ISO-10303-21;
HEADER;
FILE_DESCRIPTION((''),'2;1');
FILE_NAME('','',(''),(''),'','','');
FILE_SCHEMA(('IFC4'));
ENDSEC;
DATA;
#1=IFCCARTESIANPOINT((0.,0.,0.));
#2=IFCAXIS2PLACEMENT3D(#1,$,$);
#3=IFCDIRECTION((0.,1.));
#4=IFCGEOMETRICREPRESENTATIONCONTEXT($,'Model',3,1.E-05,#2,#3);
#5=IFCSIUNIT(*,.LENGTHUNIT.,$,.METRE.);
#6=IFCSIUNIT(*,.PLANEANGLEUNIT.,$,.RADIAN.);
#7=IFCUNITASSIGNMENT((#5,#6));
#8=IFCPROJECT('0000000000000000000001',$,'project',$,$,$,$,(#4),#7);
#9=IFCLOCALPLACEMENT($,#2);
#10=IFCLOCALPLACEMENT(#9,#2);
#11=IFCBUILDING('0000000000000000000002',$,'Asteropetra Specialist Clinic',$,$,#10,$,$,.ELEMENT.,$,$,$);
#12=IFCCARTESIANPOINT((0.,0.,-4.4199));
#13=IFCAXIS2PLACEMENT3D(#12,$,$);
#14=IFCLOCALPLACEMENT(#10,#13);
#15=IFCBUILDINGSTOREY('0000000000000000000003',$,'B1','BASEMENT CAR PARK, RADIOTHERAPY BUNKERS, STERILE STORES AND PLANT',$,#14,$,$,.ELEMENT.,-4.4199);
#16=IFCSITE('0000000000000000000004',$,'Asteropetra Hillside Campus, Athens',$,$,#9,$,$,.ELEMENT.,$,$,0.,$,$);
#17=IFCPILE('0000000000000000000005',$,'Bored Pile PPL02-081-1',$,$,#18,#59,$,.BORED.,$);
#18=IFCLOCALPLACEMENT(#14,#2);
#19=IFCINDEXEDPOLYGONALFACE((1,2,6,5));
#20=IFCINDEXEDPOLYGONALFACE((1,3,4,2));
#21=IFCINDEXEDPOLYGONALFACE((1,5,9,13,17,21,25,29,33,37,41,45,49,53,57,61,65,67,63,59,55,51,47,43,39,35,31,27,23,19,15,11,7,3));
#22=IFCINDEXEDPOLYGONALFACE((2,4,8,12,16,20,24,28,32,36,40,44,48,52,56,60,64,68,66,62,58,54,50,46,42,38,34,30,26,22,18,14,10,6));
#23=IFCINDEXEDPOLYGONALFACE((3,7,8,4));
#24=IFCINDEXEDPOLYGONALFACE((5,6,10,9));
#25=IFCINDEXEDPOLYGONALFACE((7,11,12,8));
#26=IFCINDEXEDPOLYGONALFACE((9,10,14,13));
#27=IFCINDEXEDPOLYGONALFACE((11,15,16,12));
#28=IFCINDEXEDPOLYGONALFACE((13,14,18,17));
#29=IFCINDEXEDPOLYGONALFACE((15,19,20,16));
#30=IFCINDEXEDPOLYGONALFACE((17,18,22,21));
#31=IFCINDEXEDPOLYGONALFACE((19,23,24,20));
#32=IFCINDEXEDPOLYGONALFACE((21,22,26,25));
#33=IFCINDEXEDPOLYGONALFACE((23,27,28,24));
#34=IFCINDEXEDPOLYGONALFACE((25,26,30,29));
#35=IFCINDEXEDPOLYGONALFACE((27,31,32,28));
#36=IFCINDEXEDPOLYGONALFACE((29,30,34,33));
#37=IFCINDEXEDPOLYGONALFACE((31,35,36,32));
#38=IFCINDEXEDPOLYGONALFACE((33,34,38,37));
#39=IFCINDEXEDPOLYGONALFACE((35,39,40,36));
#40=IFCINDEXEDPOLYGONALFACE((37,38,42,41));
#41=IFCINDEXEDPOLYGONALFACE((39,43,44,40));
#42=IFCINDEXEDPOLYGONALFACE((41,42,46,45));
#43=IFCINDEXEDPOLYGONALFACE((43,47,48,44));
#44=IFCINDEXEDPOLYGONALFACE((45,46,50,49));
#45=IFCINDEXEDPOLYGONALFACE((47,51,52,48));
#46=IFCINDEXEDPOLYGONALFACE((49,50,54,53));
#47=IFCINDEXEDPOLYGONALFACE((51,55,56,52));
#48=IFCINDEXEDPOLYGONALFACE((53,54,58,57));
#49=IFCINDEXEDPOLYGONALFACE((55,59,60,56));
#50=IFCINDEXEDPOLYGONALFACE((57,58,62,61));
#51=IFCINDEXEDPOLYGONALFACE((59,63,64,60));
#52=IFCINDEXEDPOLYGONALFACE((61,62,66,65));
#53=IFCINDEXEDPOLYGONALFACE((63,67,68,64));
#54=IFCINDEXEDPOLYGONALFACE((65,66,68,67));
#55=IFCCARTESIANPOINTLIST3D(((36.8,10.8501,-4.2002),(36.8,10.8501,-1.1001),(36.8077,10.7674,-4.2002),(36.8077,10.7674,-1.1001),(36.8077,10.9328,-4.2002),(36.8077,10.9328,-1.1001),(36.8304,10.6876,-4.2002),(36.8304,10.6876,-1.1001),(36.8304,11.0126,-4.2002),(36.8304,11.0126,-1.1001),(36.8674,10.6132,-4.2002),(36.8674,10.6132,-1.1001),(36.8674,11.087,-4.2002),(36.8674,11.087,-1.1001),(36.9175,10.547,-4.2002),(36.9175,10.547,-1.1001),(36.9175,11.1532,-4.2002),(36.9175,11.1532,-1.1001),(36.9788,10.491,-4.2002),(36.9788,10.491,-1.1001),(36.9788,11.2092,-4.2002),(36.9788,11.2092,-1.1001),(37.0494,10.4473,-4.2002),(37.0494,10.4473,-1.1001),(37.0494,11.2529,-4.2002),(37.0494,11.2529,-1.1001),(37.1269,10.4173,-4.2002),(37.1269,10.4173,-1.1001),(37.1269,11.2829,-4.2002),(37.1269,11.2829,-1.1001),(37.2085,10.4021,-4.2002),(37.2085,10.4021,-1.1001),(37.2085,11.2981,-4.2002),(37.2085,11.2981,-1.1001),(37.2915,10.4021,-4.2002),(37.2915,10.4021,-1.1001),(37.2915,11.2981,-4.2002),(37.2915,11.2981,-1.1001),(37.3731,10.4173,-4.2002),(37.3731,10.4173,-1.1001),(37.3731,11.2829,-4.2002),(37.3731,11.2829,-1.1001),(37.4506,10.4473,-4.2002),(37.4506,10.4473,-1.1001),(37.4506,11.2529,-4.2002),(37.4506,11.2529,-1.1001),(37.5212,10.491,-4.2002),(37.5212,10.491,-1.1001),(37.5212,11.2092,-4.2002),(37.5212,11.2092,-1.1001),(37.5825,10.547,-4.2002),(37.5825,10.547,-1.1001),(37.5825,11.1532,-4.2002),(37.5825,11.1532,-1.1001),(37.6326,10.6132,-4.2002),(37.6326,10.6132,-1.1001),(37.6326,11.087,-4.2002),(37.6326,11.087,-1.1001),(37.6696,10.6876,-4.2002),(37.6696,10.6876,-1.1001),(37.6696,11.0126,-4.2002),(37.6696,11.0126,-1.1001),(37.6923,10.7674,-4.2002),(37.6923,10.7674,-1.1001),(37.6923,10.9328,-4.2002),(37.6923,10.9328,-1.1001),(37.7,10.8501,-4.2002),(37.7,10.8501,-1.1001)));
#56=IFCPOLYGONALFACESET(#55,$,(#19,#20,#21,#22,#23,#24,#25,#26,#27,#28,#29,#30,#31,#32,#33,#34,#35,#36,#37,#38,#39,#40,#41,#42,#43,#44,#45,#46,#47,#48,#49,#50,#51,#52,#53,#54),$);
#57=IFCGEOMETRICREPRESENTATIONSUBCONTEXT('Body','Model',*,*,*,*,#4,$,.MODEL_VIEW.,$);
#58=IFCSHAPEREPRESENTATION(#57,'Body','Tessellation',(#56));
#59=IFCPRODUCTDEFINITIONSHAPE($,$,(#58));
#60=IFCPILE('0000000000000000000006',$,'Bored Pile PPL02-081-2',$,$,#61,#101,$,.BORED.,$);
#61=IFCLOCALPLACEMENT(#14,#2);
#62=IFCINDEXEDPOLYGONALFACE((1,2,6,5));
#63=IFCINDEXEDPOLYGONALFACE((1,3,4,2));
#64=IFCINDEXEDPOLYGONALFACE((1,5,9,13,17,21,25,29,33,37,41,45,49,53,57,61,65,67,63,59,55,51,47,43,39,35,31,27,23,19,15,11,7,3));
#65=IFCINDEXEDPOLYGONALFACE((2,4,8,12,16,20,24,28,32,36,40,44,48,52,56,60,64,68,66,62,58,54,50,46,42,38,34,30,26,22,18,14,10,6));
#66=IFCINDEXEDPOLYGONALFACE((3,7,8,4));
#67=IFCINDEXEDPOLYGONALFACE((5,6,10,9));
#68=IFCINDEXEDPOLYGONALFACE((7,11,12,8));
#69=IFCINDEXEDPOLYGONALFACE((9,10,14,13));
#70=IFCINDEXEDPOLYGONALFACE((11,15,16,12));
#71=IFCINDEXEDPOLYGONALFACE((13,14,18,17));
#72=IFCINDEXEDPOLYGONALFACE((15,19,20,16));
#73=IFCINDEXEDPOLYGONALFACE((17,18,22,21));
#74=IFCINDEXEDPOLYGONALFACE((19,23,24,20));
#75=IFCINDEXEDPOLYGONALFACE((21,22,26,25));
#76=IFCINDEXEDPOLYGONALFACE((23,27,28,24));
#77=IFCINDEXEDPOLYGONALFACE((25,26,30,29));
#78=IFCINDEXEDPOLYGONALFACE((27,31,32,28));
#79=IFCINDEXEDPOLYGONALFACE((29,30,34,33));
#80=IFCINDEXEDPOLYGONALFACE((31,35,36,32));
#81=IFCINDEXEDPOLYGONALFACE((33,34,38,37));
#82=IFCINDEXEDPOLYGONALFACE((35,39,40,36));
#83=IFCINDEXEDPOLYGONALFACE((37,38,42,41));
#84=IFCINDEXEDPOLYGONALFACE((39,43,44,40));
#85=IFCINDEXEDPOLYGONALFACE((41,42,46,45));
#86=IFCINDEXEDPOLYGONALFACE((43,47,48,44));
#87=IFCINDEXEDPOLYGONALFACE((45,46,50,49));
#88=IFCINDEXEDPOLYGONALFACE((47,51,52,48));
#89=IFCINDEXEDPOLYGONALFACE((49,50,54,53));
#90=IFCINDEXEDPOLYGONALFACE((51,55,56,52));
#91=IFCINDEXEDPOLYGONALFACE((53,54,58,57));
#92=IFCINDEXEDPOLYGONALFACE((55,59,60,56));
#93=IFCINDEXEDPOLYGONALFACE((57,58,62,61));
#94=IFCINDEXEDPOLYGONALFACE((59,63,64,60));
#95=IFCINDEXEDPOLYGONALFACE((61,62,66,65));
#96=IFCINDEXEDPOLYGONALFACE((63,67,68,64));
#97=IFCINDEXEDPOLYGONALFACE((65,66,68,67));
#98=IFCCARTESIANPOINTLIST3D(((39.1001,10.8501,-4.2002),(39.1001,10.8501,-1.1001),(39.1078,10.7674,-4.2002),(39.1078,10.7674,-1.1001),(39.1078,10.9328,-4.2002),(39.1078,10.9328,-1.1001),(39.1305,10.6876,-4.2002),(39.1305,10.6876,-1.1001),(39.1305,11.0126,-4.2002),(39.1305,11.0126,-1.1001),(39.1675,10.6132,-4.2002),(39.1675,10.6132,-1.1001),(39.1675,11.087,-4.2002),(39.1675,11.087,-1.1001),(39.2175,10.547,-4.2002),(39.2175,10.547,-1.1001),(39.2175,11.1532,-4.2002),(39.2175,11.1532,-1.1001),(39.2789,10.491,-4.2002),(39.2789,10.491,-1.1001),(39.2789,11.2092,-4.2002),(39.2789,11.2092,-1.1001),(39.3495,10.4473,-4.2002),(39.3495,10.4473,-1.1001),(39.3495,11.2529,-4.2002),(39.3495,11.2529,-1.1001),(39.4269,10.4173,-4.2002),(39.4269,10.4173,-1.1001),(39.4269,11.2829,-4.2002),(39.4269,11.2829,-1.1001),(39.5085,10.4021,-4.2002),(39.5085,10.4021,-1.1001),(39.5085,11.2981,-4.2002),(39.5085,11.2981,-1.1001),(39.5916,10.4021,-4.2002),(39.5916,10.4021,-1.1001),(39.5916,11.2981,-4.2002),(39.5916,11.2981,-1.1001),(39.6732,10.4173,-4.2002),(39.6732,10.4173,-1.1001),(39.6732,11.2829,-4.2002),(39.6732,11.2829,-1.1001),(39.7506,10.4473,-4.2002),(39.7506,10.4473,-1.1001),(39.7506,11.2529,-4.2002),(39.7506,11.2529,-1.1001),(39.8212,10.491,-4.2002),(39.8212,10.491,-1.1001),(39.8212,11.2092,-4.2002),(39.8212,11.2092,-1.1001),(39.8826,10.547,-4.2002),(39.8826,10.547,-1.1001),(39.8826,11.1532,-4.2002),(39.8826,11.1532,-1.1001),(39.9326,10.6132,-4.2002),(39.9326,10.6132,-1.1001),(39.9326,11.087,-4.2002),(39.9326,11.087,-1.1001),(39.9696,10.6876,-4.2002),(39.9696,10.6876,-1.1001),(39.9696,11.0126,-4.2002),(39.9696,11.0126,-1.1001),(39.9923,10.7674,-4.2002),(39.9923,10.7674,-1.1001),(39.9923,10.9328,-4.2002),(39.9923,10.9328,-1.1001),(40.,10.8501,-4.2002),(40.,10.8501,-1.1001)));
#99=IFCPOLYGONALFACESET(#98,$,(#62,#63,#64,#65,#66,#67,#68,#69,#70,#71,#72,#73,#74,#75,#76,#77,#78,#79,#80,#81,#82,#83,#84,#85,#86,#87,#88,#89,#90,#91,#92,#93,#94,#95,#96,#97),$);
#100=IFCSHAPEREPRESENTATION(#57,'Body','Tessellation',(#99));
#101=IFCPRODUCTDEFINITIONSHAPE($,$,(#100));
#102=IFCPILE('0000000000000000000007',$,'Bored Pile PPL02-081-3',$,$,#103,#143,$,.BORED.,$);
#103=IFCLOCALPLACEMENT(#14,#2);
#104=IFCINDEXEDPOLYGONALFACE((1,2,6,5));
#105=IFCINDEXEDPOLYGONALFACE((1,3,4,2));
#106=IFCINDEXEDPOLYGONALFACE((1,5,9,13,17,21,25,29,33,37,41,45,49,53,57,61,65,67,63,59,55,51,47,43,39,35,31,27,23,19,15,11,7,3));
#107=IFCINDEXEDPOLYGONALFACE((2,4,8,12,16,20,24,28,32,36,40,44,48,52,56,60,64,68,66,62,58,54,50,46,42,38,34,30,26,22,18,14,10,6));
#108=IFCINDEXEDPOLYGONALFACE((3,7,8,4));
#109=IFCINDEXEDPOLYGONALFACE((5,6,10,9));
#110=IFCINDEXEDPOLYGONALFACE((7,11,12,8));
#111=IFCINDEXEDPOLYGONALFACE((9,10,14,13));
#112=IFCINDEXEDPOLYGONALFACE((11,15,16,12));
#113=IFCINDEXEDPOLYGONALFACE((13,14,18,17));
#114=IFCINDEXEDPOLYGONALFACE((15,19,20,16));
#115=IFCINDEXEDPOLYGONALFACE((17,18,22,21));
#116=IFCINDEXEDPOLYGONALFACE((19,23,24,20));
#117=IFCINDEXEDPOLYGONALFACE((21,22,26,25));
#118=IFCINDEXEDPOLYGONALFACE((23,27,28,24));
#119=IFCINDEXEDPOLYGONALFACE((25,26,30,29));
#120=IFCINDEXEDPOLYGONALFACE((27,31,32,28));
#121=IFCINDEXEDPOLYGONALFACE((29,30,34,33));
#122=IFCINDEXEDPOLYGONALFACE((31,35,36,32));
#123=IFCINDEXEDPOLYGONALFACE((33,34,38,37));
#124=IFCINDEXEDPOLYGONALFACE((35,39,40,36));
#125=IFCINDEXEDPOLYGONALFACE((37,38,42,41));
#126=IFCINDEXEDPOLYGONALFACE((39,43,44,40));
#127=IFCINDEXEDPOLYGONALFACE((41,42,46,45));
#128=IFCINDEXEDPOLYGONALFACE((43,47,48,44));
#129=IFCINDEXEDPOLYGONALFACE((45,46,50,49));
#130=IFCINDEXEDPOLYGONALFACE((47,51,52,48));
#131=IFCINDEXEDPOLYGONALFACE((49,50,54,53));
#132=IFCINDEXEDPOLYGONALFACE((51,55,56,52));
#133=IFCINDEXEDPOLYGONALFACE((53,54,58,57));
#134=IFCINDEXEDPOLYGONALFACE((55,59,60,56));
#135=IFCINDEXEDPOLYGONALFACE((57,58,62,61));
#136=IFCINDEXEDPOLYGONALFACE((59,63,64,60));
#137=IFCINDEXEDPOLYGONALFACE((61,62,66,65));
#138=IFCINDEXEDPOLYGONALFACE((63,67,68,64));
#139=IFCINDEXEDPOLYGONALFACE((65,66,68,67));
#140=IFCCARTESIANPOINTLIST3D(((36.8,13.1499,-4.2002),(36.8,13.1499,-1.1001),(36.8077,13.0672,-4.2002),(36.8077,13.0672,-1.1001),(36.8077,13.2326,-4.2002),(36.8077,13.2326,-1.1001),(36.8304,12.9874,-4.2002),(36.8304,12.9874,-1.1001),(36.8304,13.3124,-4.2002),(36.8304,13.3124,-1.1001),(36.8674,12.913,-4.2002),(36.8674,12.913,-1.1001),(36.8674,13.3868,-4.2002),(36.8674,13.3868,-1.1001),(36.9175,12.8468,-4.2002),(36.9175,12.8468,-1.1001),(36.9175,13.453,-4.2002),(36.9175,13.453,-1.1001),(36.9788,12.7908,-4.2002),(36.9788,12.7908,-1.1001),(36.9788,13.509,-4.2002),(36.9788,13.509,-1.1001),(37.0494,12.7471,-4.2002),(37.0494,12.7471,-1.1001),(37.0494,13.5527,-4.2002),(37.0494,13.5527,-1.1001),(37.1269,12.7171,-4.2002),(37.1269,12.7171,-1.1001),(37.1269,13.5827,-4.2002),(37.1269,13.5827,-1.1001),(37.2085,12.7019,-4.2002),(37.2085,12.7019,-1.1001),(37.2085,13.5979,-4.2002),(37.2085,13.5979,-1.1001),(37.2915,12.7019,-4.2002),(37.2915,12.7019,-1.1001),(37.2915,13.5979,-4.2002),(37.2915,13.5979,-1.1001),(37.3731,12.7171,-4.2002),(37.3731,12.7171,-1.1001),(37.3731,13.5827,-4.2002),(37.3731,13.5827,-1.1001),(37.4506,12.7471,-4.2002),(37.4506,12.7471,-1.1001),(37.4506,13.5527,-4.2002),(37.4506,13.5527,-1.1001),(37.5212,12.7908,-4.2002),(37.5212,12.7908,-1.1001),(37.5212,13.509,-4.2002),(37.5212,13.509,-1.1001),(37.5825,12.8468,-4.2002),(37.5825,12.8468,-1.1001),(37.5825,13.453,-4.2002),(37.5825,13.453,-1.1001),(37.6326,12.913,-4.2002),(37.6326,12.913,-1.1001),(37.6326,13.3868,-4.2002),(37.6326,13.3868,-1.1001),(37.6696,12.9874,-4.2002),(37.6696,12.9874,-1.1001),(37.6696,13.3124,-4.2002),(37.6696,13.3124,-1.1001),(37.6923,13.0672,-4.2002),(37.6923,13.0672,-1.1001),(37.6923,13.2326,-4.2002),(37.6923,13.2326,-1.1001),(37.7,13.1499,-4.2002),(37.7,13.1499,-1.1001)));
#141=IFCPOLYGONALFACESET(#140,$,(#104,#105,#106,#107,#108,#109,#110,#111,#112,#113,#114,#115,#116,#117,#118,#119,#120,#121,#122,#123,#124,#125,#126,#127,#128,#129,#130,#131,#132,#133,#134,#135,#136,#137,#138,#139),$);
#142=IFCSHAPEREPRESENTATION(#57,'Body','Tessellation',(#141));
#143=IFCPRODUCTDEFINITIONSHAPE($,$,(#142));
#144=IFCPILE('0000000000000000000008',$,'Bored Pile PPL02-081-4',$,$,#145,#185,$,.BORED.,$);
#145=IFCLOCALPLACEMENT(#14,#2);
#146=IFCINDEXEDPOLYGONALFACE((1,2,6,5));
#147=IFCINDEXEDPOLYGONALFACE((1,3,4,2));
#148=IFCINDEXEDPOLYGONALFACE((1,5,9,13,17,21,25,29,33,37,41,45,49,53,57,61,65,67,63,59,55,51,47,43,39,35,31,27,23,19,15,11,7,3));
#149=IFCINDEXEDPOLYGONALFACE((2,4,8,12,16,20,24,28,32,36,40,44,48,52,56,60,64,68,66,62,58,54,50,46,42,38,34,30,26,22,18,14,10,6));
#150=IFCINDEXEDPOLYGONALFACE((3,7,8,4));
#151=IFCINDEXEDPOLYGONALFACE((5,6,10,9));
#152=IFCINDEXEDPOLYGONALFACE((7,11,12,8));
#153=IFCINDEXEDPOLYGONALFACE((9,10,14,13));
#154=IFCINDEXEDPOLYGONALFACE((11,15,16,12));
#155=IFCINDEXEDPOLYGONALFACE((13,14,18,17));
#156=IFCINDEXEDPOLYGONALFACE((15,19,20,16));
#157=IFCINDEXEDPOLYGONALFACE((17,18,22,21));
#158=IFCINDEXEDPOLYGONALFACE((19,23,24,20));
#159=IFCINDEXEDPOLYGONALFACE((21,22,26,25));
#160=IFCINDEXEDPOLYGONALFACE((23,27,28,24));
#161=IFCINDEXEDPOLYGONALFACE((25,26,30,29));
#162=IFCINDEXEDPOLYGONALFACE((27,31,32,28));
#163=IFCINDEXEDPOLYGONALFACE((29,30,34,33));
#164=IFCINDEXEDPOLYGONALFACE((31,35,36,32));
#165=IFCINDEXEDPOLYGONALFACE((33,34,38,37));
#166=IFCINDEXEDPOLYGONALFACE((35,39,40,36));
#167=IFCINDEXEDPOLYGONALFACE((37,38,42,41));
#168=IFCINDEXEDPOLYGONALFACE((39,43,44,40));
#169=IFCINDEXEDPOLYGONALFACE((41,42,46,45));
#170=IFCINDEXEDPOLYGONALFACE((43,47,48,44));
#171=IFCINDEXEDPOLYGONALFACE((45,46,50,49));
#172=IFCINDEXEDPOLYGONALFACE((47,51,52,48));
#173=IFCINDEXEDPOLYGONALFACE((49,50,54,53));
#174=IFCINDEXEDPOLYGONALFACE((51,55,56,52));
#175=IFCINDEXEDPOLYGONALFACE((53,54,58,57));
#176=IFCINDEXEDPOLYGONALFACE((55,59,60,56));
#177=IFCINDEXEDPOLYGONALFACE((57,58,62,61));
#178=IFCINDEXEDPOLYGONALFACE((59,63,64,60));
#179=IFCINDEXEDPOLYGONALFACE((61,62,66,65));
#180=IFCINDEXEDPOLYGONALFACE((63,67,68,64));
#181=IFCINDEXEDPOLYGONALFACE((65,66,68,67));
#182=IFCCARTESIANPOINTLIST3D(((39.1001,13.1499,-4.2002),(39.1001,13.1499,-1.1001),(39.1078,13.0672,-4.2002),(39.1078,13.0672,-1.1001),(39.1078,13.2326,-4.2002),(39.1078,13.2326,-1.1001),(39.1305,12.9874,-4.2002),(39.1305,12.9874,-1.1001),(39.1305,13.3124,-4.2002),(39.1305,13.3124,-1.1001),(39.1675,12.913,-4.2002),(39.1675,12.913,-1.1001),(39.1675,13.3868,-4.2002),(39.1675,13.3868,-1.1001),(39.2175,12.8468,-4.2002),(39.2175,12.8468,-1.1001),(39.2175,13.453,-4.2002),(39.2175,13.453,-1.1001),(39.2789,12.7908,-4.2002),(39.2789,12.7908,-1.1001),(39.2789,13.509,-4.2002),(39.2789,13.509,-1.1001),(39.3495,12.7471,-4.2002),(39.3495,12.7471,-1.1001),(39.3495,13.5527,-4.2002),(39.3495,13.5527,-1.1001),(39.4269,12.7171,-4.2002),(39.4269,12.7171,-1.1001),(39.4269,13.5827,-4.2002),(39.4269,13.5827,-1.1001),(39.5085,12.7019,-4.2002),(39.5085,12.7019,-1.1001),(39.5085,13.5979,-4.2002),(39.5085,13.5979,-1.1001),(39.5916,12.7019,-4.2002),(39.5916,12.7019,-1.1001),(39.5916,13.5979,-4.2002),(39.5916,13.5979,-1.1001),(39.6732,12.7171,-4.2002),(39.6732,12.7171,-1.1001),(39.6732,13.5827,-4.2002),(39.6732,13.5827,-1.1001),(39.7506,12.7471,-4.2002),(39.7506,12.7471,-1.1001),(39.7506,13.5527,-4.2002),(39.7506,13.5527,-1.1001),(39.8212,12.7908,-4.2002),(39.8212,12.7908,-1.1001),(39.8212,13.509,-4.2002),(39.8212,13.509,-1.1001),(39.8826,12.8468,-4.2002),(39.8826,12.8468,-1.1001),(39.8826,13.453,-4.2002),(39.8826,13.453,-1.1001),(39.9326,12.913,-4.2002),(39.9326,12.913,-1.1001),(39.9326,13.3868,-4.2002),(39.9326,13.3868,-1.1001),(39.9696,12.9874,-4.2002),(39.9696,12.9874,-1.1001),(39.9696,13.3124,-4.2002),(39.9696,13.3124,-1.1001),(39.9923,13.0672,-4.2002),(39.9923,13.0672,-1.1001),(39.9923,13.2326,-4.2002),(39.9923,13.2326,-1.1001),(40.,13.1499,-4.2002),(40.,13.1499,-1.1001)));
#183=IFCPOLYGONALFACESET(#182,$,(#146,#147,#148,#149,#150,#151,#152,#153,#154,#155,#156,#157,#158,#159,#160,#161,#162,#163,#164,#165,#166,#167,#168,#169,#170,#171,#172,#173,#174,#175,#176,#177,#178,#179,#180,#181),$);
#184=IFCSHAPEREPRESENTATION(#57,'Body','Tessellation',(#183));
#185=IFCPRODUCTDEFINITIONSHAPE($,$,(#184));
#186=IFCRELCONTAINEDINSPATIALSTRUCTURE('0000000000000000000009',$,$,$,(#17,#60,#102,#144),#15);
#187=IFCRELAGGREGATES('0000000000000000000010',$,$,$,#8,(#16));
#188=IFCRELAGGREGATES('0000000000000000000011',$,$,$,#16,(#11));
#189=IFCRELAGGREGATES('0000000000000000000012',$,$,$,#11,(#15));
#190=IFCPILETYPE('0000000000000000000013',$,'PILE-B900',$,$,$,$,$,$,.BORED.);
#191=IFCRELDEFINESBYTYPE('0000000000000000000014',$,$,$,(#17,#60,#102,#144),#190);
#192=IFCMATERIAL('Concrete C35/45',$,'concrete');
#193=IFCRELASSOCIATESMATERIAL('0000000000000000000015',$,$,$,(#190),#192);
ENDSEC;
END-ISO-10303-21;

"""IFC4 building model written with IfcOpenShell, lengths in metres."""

from ifc_helpers import new_model, si_unit, direction, frame, origin, origin_2d, place, context, subcontext, project, spatial, circle, extrude, material, material_profile, profile_set, type_object, element, save


model = new_model("IFC4")

# Units and contexts
model_context = context("Model", 3, precision=1e-05, world=origin(), true_north=direction((0.0, 1.0)))
body_context = subcontext(model_context, "Body", "Model", "MODEL_VIEW")
ifc_project = project(units=[si_unit("LENGTHUNIT", "METRE"), si_unit("PLANEANGLEUNIT", "RADIAN")], contexts=[model_context])

# Site, building, storey
site_placement = place(None, origin())
site = spatial("IfcSite", under=ifc_project, at=site_placement, Name="Asteropetra Hillside Campus, Athens", CompositionType="ELEMENT", RefElevation=0.0)
building_placement = place(site_placement, origin())
building = spatial("IfcBuilding", under=site, at=building_placement, Name="Asteropetra Specialist Clinic", CompositionType="ELEMENT")
storey_placement = place(building_placement, frame((0.0, 0.0, -4.4199)))
storey = spatial("IfcBuildingStorey", under=building, at=storey_placement, Name="B1", Description="BASEMENT CAR PARK, RADIOTHERAPY BUNKERS, STERILE STORES AND PLANT", CompositionType="ELEMENT", Elevation=-4.4199)

# Piles
ifc_material_1 = material(Name="Concrete C35/45", Category="concrete")
ifc_material_profile_1 = material_profile(ifc_material_1, circle(Radius=0.45, at=origin_2d()), Name="PILE D900")
ifc_profile_set_1 = profile_set([ifc_material_profile_1], Name="Concrete C35/45")
pile_type_1 = type_object("IfcPileType", Name="PILE-B900", PredefinedType="BORED", material=ifc_profile_set_1)
for number, where, z_axis, x_axis, name in (
    (1, (37.25, 10.8501, -1.1001), (0.0, 0.0, -1.0), (1.0, 0.0, 0.0), "Bored Pile PPL02-081-1"),
    (2, (39.55, 10.8501, -1.1001), (0.0, 0.0, -1.0), (1.0, 0.0, 0.0), "Bored Pile PPL02-081-2"),
    (3, (37.25, 13.1499, -1.1001), (0.0, 0.0, -1.0), (1.0, 0.0, 0.0), "Bored Pile PPL02-081-3"),
    (4, (39.55, 13.1499, -1.1001), (0.0, 0.0, -1.0), (1.0, 0.0, 0.0), "Bored Pile PPL02-081-4"),
):
    element("IfcPile", number, at=place(storey_placement, frame(where, z_axis=z_axis, x_axis=x_axis)), inside=storey, type_object=pile_type_1, Name=name, PredefinedType="BORED", context=body_context, shape_type="SweptSolid", body=[
        extrude(circle(Radius=0.45, at=origin_2d()), origin(), (0.0, 0.0, 1.0), 3.1001),
    ])

save(model, "model.ifc")
